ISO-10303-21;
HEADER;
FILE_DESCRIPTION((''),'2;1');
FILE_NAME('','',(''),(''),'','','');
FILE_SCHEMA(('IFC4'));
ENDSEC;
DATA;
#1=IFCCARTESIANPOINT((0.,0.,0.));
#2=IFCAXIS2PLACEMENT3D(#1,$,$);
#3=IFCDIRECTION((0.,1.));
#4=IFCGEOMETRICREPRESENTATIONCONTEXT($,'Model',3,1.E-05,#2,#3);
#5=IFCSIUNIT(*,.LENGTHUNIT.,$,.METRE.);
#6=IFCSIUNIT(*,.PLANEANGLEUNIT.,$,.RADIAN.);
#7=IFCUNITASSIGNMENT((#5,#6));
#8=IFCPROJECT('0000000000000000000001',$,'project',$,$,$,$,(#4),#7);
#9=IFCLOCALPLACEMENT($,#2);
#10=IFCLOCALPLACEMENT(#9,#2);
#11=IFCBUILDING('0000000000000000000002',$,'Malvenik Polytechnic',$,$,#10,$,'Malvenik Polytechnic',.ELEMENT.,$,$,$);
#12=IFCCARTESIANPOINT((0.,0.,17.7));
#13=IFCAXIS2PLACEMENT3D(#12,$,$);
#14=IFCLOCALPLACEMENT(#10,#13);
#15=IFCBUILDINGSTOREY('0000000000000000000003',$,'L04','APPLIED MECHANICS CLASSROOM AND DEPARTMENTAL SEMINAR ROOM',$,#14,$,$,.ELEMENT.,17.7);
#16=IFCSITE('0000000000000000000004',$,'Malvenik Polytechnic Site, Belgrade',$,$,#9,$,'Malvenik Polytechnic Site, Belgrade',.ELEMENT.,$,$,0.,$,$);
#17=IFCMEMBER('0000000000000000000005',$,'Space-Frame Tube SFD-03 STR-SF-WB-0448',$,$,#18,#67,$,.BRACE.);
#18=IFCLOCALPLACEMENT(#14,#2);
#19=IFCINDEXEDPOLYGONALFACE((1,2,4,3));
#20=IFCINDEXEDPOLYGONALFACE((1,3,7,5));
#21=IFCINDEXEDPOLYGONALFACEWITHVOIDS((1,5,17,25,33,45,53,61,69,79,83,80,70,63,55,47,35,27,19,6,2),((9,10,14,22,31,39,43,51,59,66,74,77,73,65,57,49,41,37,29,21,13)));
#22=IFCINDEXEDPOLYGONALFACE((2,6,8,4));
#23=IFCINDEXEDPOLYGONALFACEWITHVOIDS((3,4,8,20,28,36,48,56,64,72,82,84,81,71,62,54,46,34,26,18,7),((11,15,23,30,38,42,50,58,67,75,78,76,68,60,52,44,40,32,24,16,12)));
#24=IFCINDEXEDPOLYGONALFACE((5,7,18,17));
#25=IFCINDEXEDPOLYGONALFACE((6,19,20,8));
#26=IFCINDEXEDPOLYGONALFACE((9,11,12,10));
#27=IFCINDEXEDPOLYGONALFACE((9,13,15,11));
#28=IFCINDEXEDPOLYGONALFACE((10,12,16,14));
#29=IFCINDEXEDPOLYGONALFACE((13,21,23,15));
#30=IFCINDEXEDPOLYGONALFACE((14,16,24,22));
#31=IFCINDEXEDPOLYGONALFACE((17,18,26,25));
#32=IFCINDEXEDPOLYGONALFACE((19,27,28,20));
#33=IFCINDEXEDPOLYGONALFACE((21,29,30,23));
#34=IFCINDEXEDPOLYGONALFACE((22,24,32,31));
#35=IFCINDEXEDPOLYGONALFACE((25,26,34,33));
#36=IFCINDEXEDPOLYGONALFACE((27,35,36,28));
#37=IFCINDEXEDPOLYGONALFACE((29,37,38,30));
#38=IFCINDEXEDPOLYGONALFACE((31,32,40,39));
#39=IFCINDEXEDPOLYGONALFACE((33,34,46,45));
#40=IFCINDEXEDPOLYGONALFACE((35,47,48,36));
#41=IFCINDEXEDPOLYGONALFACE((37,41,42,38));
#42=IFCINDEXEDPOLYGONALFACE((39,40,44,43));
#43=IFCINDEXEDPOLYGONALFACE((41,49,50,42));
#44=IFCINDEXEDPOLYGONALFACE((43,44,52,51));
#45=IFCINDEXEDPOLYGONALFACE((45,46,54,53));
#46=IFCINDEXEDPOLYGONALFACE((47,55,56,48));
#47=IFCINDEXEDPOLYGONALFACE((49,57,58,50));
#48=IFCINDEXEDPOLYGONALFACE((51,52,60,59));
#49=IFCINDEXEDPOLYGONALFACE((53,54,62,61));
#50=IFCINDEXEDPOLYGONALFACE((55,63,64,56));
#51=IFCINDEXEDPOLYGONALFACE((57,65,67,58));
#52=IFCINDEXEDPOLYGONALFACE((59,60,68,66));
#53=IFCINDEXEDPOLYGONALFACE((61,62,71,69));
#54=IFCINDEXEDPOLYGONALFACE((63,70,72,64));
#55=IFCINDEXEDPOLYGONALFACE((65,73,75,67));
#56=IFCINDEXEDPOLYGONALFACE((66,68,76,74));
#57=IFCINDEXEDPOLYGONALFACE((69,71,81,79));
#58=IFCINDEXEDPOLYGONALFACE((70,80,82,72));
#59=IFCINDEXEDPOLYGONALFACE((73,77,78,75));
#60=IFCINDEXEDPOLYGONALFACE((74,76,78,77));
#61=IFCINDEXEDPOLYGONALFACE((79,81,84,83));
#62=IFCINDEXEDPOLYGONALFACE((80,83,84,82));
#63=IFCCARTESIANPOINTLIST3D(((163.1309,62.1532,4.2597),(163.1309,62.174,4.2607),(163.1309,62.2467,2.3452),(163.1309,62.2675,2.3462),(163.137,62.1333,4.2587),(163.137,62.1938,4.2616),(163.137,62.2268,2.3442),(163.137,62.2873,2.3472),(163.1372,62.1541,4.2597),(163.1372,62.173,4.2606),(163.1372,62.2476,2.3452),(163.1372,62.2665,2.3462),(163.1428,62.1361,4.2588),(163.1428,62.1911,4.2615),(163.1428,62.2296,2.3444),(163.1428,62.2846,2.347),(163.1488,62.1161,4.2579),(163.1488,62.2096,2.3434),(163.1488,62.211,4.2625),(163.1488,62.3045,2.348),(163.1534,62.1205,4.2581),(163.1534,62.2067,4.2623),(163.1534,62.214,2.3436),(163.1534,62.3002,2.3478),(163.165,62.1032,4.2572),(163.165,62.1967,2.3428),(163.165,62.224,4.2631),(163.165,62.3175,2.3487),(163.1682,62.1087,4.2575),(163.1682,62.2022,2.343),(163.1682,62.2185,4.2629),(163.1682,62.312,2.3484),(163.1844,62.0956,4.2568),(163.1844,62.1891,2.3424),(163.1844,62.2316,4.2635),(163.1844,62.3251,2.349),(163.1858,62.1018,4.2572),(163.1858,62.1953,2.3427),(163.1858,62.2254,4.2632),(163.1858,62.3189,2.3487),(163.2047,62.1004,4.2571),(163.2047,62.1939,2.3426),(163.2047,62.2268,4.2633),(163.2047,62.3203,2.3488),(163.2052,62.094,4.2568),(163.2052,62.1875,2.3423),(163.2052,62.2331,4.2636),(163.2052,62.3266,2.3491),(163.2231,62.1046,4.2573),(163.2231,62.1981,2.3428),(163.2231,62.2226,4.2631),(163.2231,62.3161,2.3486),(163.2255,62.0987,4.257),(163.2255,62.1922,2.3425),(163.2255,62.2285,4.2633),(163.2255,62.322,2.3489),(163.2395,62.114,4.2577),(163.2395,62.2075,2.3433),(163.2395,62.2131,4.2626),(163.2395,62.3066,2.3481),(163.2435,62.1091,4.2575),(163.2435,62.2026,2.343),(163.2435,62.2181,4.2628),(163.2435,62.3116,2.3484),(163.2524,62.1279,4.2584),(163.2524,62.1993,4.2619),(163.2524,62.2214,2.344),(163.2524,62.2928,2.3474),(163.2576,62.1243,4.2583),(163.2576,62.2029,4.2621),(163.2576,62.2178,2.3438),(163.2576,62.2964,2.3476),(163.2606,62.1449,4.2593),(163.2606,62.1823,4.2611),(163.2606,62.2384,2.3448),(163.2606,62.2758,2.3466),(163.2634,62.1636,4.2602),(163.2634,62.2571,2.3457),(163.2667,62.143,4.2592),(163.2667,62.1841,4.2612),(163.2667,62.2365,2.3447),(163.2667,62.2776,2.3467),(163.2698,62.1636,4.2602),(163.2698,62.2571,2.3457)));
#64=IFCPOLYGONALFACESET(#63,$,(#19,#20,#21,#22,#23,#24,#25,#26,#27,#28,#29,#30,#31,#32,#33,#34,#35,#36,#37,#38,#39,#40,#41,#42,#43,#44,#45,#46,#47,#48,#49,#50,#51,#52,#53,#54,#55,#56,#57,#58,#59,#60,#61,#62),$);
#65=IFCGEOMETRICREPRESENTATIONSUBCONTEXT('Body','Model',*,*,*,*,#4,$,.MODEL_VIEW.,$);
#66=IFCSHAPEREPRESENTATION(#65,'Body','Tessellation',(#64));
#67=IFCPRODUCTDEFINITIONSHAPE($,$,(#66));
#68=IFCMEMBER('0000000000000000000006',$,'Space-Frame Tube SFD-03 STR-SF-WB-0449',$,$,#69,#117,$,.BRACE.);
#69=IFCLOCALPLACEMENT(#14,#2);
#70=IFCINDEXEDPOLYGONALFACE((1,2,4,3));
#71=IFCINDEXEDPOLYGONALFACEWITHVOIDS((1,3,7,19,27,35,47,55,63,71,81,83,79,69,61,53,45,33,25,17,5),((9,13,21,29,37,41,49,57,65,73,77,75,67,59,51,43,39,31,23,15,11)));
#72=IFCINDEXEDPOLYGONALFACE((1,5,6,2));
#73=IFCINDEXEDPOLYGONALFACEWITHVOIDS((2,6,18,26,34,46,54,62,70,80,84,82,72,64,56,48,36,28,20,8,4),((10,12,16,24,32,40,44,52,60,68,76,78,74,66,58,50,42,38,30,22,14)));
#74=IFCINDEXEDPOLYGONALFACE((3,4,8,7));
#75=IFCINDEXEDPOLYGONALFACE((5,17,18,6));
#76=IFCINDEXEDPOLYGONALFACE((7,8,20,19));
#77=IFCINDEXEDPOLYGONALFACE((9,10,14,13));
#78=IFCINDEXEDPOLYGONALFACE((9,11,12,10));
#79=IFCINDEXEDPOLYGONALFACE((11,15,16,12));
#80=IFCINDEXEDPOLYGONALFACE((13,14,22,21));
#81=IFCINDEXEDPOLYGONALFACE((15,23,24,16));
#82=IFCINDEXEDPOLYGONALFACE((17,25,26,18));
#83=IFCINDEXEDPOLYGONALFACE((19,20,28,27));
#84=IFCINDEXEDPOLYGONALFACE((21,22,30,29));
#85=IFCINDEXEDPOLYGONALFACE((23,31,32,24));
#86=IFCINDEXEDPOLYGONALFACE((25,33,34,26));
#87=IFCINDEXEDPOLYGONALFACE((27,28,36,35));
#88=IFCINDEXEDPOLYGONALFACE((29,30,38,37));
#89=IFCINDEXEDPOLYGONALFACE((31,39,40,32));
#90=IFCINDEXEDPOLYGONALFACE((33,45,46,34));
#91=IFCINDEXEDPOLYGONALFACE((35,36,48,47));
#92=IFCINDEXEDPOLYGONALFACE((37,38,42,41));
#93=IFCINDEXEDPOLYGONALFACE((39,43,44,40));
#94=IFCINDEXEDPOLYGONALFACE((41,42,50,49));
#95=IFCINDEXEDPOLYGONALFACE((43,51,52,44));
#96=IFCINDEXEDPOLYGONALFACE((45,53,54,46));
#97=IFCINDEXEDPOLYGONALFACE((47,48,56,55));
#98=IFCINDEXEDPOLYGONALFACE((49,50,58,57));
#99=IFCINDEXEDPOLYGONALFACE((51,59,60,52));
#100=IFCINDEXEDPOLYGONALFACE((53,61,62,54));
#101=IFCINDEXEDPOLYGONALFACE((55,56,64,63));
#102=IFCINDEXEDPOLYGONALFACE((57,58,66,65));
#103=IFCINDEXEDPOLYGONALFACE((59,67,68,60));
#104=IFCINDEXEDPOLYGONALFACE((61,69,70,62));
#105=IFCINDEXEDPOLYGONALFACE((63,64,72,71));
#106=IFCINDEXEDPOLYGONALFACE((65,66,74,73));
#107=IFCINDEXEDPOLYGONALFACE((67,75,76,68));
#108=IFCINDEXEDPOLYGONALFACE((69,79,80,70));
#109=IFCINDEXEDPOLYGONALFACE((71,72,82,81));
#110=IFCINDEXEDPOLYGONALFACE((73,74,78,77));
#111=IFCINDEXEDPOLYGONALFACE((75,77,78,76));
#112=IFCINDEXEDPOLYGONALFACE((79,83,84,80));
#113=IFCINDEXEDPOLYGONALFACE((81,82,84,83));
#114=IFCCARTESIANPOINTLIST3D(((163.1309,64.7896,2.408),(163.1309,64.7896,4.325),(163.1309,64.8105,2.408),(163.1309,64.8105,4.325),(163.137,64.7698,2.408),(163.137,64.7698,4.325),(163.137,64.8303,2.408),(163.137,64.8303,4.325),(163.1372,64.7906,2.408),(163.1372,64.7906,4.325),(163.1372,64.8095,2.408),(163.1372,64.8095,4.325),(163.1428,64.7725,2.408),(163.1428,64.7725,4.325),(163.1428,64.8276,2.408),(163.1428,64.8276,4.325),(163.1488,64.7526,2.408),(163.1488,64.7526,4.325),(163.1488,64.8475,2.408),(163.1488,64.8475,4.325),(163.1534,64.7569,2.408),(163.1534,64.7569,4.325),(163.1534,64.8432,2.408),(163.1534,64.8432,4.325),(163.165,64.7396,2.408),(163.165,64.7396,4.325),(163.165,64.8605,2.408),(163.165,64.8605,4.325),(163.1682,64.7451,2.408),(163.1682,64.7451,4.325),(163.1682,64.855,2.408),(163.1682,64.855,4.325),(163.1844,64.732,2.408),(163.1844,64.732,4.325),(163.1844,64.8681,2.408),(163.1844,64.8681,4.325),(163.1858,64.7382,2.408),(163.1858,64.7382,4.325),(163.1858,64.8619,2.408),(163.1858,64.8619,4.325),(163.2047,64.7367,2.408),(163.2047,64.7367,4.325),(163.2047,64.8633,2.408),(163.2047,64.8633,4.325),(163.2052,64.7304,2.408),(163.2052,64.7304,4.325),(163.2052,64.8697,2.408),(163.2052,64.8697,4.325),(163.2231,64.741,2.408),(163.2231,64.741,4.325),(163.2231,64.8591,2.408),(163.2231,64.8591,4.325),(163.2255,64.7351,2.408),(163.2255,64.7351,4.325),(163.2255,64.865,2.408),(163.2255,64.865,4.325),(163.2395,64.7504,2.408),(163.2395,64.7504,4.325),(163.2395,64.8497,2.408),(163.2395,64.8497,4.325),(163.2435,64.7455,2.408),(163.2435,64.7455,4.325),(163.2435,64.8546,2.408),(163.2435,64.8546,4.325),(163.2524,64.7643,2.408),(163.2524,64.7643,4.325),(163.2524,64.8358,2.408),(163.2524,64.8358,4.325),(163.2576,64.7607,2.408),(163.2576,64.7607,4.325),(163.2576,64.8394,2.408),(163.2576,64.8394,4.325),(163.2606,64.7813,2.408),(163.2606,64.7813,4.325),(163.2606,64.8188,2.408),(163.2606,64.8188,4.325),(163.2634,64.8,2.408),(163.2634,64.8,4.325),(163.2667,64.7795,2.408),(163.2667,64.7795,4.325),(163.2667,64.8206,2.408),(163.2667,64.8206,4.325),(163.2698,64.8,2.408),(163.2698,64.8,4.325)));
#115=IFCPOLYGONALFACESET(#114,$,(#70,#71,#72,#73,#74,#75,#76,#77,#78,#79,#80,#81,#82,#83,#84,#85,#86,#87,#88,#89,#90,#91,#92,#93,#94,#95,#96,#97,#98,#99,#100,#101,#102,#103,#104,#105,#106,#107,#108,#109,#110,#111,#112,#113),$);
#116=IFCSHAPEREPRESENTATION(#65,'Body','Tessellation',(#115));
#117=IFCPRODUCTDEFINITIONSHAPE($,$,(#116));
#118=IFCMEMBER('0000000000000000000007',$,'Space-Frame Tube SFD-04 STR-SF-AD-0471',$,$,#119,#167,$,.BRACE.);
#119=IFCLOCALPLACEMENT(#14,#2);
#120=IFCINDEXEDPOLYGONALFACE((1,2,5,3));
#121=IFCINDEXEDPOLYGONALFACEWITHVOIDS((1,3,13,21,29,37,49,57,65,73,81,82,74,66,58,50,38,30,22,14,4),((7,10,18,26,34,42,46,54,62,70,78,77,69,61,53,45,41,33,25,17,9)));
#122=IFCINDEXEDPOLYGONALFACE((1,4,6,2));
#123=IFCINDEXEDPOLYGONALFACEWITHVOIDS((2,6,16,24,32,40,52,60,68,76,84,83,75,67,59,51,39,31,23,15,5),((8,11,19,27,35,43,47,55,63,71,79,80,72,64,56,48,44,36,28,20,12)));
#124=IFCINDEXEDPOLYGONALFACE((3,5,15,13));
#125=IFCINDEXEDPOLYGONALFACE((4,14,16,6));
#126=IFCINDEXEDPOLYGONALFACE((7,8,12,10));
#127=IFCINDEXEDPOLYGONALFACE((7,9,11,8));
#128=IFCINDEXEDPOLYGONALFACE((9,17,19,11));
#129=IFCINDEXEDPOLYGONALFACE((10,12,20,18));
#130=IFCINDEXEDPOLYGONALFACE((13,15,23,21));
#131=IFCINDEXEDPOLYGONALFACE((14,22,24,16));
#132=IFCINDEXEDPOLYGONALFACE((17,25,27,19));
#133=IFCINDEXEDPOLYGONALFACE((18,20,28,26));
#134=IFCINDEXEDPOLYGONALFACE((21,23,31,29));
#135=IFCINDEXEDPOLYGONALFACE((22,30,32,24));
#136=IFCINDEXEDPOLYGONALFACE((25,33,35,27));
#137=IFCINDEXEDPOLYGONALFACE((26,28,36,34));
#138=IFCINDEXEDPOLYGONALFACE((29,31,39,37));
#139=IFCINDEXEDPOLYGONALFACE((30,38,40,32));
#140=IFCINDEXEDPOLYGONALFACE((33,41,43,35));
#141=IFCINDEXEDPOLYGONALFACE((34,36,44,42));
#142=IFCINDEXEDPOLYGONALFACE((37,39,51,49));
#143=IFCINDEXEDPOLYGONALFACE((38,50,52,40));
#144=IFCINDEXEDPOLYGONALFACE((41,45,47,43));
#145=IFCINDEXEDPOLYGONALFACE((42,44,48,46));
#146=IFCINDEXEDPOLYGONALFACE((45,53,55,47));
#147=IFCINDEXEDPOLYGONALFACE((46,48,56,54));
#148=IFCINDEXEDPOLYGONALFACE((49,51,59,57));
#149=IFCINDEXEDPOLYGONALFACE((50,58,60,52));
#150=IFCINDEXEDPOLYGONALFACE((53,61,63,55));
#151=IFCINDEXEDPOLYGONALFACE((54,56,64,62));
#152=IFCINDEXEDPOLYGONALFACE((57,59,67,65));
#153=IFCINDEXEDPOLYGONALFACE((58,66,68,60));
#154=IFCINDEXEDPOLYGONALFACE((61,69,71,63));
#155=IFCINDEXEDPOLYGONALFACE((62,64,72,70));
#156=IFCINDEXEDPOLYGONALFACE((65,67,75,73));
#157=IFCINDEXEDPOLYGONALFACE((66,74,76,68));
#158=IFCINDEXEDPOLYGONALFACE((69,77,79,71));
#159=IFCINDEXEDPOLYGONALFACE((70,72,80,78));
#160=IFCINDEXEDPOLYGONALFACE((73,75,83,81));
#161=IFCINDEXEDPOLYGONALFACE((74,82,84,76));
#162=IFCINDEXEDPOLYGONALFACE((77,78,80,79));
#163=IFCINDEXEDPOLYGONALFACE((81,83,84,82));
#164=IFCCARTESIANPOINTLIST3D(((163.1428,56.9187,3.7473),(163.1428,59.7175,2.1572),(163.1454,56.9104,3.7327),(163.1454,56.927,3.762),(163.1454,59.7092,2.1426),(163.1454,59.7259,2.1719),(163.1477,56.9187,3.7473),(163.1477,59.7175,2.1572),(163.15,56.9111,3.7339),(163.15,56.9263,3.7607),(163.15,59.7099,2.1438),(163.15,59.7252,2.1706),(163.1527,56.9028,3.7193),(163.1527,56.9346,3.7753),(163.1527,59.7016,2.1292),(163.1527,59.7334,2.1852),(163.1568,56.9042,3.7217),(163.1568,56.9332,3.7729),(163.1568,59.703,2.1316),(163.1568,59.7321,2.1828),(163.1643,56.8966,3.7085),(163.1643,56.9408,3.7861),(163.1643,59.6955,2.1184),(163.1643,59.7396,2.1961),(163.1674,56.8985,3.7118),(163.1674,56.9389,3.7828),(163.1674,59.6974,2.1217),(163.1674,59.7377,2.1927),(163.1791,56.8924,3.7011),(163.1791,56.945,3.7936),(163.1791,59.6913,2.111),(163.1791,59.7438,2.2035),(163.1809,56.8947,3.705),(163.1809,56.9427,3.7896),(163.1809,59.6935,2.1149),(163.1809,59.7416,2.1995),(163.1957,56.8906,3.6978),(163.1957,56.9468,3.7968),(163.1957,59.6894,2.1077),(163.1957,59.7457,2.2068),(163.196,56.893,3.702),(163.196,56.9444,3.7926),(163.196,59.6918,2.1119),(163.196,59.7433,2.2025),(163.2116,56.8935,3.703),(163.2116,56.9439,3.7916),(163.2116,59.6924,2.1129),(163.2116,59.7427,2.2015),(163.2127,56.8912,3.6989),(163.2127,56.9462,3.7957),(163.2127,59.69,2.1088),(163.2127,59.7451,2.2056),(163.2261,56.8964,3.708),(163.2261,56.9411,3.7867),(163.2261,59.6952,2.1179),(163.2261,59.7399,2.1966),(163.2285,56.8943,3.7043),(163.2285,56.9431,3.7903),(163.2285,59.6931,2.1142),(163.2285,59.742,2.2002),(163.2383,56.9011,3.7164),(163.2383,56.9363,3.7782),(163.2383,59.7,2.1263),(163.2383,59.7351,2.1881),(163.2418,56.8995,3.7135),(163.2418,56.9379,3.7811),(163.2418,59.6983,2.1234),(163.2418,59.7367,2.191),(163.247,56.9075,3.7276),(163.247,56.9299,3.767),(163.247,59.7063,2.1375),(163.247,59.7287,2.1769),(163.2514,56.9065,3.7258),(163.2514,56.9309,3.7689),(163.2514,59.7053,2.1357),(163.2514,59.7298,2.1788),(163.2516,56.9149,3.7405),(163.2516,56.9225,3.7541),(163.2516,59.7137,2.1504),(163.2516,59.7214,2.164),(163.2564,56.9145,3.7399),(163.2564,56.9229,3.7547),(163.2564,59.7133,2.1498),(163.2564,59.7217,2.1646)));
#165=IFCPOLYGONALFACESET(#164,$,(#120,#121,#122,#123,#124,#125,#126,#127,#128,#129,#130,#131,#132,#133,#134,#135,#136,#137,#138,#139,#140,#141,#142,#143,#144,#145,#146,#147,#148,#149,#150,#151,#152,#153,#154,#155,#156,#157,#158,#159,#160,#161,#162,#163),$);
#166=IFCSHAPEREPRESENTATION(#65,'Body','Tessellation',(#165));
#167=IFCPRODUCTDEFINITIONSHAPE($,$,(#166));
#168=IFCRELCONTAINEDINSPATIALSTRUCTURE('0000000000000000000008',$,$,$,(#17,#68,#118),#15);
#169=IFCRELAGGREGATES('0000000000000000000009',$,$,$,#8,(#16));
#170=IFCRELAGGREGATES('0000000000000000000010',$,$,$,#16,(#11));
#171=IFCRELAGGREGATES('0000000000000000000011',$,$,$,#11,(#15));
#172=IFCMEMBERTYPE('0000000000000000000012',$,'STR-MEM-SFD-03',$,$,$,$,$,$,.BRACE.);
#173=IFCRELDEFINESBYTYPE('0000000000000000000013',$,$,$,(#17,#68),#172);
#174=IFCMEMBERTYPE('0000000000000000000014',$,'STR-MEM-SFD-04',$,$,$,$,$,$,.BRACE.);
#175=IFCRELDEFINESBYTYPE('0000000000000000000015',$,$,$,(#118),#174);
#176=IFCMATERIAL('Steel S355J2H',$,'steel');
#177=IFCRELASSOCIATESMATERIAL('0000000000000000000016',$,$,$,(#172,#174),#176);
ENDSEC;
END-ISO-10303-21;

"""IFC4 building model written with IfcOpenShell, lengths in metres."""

from ifc_helpers import new_model, si_unit, direction, frame, origin, origin_2d, place, context, subcontext, project, spatial, hollow_circle, extrude, material, material_profile, profile_set, type_object, element, save


model = new_model("IFC4")

# Units and contexts
model_context = context("Model", 3, precision=1e-05, world=origin(), true_north=direction((0.0, 1.0)))
body_context = subcontext(model_context, "Body", "Model", "MODEL_VIEW")
ifc_project = project(units=[si_unit("LENGTHUNIT", "METRE"), si_unit("PLANEANGLEUNIT", "RADIAN")], contexts=[model_context])

# Site, building, storey
site_placement = place(None, origin())
site = spatial("IfcSite", under=ifc_project, at=site_placement, Name="Malvenik Polytechnic Site, Belgrade", LongName="Malvenik Polytechnic Site, Belgrade", CompositionType="ELEMENT", RefElevation=0.0)
building_placement = place(site_placement, origin())
building = spatial("IfcBuilding", under=site, at=building_placement, Name="Malvenik Polytechnic", LongName="Malvenik Polytechnic", CompositionType="ELEMENT")
storey_placement = place(building_placement, frame((0.0, 0.0, 17.7)))
storey = spatial("IfcBuildingStorey", under=building, at=storey_placement, Name="L04", Description="APPLIED MECHANICS CLASSROOM AND DEPARTMENTAL SEMINAR ROOM", CompositionType="ELEMENT", Elevation=17.7)

# Members
ifc_material_1 = material(Name="Steel S355J2H", Category="steel")
ifc_material_profile_1 = material_profile(ifc_material_1, hollow_circle(Radius=0.0698, WallThickness=0.0063, at=origin_2d()), Name="CHS 139.7x6.3")
ifc_profile_set_1 = profile_set([ifc_material_profile_1], Name="Steel S355J2H")
member_type_1 = type_object("IfcMemberType", Name="STR-MEM-SFD-03", PredefinedType="BRACE", material=ifc_profile_set_1)
member_1_placement = place(storey_placement, frame((163.2, 62.2571, 2.3457), z_axis=(0.0, -0.048781, 0.998809), x_axis=(1.0, 0.0, 0.0)))
element("IfcMember", 1, at=member_1_placement, inside=storey, type_object=member_type_1, Name="Space-Frame Tube SFD-03 STR-SF-WB-0448", PredefinedType="BRACE", context=body_context, shape_type="SweptSolid", body=[
    extrude(hollow_circle(Radius=0.0698, WallThickness=0.0063, at=origin_2d()), origin(), (0.0, 0.0, 1.0), 1.9167),
])
member_2_placement = place(storey_placement, frame((163.2, 64.8, 2.408), z_axis=(0.0, 0.0, 1.0), x_axis=(1.0, 0.0, 0.0)))
element("IfcMember", 2, at=member_2_placement, inside=storey, type_object=member_type_1, Name="Space-Frame Tube SFD-03 STR-SF-WB-0449", PredefinedType="BRACE", context=body_context, shape_type="SweptSolid", body=[
    extrude(hollow_circle(Radius=0.0698, WallThickness=0.0063, at=origin_2d()), origin(), (0.0, 0.0, 1.0), 1.917),
])
ifc_material_profile_2 = material_profile(ifc_material_1, hollow_circle(Radius=0.0571, WallThickness=0.0049, at=origin_2d()), Name="CHS 114.3x5.0")
ifc_profile_set_2 = profile_set([ifc_material_profile_2], Name="Steel S355J2H")
member_type_2 = type_object("IfcMemberType", Name="STR-MEM-SFD-04", PredefinedType="BRACE", material=ifc_profile_set_2)
for number, where, z_axis, x_axis, name in (
    (3, (163.2, 56.9187, 3.7473), (0.0, 0.869477, -0.493973), (-1.0, 0.0, 0.0), "Space-Frame Tube SFD-04 STR-SF-AD-0471"),
):
    element("IfcMember", number, at=place(storey_placement, frame(where, z_axis=z_axis, x_axis=x_axis)), inside=storey, type_object=member_type_2, Name=name, PredefinedType="BRACE", context=body_context, shape_type="SweptSolid", body=[
        extrude(hollow_circle(Radius=0.0571, WallThickness=0.0049, at=origin_2d()), origin(), (0.0, 0.0, 1.0), 3.219),
    ])

save(model, "model.ifc")
